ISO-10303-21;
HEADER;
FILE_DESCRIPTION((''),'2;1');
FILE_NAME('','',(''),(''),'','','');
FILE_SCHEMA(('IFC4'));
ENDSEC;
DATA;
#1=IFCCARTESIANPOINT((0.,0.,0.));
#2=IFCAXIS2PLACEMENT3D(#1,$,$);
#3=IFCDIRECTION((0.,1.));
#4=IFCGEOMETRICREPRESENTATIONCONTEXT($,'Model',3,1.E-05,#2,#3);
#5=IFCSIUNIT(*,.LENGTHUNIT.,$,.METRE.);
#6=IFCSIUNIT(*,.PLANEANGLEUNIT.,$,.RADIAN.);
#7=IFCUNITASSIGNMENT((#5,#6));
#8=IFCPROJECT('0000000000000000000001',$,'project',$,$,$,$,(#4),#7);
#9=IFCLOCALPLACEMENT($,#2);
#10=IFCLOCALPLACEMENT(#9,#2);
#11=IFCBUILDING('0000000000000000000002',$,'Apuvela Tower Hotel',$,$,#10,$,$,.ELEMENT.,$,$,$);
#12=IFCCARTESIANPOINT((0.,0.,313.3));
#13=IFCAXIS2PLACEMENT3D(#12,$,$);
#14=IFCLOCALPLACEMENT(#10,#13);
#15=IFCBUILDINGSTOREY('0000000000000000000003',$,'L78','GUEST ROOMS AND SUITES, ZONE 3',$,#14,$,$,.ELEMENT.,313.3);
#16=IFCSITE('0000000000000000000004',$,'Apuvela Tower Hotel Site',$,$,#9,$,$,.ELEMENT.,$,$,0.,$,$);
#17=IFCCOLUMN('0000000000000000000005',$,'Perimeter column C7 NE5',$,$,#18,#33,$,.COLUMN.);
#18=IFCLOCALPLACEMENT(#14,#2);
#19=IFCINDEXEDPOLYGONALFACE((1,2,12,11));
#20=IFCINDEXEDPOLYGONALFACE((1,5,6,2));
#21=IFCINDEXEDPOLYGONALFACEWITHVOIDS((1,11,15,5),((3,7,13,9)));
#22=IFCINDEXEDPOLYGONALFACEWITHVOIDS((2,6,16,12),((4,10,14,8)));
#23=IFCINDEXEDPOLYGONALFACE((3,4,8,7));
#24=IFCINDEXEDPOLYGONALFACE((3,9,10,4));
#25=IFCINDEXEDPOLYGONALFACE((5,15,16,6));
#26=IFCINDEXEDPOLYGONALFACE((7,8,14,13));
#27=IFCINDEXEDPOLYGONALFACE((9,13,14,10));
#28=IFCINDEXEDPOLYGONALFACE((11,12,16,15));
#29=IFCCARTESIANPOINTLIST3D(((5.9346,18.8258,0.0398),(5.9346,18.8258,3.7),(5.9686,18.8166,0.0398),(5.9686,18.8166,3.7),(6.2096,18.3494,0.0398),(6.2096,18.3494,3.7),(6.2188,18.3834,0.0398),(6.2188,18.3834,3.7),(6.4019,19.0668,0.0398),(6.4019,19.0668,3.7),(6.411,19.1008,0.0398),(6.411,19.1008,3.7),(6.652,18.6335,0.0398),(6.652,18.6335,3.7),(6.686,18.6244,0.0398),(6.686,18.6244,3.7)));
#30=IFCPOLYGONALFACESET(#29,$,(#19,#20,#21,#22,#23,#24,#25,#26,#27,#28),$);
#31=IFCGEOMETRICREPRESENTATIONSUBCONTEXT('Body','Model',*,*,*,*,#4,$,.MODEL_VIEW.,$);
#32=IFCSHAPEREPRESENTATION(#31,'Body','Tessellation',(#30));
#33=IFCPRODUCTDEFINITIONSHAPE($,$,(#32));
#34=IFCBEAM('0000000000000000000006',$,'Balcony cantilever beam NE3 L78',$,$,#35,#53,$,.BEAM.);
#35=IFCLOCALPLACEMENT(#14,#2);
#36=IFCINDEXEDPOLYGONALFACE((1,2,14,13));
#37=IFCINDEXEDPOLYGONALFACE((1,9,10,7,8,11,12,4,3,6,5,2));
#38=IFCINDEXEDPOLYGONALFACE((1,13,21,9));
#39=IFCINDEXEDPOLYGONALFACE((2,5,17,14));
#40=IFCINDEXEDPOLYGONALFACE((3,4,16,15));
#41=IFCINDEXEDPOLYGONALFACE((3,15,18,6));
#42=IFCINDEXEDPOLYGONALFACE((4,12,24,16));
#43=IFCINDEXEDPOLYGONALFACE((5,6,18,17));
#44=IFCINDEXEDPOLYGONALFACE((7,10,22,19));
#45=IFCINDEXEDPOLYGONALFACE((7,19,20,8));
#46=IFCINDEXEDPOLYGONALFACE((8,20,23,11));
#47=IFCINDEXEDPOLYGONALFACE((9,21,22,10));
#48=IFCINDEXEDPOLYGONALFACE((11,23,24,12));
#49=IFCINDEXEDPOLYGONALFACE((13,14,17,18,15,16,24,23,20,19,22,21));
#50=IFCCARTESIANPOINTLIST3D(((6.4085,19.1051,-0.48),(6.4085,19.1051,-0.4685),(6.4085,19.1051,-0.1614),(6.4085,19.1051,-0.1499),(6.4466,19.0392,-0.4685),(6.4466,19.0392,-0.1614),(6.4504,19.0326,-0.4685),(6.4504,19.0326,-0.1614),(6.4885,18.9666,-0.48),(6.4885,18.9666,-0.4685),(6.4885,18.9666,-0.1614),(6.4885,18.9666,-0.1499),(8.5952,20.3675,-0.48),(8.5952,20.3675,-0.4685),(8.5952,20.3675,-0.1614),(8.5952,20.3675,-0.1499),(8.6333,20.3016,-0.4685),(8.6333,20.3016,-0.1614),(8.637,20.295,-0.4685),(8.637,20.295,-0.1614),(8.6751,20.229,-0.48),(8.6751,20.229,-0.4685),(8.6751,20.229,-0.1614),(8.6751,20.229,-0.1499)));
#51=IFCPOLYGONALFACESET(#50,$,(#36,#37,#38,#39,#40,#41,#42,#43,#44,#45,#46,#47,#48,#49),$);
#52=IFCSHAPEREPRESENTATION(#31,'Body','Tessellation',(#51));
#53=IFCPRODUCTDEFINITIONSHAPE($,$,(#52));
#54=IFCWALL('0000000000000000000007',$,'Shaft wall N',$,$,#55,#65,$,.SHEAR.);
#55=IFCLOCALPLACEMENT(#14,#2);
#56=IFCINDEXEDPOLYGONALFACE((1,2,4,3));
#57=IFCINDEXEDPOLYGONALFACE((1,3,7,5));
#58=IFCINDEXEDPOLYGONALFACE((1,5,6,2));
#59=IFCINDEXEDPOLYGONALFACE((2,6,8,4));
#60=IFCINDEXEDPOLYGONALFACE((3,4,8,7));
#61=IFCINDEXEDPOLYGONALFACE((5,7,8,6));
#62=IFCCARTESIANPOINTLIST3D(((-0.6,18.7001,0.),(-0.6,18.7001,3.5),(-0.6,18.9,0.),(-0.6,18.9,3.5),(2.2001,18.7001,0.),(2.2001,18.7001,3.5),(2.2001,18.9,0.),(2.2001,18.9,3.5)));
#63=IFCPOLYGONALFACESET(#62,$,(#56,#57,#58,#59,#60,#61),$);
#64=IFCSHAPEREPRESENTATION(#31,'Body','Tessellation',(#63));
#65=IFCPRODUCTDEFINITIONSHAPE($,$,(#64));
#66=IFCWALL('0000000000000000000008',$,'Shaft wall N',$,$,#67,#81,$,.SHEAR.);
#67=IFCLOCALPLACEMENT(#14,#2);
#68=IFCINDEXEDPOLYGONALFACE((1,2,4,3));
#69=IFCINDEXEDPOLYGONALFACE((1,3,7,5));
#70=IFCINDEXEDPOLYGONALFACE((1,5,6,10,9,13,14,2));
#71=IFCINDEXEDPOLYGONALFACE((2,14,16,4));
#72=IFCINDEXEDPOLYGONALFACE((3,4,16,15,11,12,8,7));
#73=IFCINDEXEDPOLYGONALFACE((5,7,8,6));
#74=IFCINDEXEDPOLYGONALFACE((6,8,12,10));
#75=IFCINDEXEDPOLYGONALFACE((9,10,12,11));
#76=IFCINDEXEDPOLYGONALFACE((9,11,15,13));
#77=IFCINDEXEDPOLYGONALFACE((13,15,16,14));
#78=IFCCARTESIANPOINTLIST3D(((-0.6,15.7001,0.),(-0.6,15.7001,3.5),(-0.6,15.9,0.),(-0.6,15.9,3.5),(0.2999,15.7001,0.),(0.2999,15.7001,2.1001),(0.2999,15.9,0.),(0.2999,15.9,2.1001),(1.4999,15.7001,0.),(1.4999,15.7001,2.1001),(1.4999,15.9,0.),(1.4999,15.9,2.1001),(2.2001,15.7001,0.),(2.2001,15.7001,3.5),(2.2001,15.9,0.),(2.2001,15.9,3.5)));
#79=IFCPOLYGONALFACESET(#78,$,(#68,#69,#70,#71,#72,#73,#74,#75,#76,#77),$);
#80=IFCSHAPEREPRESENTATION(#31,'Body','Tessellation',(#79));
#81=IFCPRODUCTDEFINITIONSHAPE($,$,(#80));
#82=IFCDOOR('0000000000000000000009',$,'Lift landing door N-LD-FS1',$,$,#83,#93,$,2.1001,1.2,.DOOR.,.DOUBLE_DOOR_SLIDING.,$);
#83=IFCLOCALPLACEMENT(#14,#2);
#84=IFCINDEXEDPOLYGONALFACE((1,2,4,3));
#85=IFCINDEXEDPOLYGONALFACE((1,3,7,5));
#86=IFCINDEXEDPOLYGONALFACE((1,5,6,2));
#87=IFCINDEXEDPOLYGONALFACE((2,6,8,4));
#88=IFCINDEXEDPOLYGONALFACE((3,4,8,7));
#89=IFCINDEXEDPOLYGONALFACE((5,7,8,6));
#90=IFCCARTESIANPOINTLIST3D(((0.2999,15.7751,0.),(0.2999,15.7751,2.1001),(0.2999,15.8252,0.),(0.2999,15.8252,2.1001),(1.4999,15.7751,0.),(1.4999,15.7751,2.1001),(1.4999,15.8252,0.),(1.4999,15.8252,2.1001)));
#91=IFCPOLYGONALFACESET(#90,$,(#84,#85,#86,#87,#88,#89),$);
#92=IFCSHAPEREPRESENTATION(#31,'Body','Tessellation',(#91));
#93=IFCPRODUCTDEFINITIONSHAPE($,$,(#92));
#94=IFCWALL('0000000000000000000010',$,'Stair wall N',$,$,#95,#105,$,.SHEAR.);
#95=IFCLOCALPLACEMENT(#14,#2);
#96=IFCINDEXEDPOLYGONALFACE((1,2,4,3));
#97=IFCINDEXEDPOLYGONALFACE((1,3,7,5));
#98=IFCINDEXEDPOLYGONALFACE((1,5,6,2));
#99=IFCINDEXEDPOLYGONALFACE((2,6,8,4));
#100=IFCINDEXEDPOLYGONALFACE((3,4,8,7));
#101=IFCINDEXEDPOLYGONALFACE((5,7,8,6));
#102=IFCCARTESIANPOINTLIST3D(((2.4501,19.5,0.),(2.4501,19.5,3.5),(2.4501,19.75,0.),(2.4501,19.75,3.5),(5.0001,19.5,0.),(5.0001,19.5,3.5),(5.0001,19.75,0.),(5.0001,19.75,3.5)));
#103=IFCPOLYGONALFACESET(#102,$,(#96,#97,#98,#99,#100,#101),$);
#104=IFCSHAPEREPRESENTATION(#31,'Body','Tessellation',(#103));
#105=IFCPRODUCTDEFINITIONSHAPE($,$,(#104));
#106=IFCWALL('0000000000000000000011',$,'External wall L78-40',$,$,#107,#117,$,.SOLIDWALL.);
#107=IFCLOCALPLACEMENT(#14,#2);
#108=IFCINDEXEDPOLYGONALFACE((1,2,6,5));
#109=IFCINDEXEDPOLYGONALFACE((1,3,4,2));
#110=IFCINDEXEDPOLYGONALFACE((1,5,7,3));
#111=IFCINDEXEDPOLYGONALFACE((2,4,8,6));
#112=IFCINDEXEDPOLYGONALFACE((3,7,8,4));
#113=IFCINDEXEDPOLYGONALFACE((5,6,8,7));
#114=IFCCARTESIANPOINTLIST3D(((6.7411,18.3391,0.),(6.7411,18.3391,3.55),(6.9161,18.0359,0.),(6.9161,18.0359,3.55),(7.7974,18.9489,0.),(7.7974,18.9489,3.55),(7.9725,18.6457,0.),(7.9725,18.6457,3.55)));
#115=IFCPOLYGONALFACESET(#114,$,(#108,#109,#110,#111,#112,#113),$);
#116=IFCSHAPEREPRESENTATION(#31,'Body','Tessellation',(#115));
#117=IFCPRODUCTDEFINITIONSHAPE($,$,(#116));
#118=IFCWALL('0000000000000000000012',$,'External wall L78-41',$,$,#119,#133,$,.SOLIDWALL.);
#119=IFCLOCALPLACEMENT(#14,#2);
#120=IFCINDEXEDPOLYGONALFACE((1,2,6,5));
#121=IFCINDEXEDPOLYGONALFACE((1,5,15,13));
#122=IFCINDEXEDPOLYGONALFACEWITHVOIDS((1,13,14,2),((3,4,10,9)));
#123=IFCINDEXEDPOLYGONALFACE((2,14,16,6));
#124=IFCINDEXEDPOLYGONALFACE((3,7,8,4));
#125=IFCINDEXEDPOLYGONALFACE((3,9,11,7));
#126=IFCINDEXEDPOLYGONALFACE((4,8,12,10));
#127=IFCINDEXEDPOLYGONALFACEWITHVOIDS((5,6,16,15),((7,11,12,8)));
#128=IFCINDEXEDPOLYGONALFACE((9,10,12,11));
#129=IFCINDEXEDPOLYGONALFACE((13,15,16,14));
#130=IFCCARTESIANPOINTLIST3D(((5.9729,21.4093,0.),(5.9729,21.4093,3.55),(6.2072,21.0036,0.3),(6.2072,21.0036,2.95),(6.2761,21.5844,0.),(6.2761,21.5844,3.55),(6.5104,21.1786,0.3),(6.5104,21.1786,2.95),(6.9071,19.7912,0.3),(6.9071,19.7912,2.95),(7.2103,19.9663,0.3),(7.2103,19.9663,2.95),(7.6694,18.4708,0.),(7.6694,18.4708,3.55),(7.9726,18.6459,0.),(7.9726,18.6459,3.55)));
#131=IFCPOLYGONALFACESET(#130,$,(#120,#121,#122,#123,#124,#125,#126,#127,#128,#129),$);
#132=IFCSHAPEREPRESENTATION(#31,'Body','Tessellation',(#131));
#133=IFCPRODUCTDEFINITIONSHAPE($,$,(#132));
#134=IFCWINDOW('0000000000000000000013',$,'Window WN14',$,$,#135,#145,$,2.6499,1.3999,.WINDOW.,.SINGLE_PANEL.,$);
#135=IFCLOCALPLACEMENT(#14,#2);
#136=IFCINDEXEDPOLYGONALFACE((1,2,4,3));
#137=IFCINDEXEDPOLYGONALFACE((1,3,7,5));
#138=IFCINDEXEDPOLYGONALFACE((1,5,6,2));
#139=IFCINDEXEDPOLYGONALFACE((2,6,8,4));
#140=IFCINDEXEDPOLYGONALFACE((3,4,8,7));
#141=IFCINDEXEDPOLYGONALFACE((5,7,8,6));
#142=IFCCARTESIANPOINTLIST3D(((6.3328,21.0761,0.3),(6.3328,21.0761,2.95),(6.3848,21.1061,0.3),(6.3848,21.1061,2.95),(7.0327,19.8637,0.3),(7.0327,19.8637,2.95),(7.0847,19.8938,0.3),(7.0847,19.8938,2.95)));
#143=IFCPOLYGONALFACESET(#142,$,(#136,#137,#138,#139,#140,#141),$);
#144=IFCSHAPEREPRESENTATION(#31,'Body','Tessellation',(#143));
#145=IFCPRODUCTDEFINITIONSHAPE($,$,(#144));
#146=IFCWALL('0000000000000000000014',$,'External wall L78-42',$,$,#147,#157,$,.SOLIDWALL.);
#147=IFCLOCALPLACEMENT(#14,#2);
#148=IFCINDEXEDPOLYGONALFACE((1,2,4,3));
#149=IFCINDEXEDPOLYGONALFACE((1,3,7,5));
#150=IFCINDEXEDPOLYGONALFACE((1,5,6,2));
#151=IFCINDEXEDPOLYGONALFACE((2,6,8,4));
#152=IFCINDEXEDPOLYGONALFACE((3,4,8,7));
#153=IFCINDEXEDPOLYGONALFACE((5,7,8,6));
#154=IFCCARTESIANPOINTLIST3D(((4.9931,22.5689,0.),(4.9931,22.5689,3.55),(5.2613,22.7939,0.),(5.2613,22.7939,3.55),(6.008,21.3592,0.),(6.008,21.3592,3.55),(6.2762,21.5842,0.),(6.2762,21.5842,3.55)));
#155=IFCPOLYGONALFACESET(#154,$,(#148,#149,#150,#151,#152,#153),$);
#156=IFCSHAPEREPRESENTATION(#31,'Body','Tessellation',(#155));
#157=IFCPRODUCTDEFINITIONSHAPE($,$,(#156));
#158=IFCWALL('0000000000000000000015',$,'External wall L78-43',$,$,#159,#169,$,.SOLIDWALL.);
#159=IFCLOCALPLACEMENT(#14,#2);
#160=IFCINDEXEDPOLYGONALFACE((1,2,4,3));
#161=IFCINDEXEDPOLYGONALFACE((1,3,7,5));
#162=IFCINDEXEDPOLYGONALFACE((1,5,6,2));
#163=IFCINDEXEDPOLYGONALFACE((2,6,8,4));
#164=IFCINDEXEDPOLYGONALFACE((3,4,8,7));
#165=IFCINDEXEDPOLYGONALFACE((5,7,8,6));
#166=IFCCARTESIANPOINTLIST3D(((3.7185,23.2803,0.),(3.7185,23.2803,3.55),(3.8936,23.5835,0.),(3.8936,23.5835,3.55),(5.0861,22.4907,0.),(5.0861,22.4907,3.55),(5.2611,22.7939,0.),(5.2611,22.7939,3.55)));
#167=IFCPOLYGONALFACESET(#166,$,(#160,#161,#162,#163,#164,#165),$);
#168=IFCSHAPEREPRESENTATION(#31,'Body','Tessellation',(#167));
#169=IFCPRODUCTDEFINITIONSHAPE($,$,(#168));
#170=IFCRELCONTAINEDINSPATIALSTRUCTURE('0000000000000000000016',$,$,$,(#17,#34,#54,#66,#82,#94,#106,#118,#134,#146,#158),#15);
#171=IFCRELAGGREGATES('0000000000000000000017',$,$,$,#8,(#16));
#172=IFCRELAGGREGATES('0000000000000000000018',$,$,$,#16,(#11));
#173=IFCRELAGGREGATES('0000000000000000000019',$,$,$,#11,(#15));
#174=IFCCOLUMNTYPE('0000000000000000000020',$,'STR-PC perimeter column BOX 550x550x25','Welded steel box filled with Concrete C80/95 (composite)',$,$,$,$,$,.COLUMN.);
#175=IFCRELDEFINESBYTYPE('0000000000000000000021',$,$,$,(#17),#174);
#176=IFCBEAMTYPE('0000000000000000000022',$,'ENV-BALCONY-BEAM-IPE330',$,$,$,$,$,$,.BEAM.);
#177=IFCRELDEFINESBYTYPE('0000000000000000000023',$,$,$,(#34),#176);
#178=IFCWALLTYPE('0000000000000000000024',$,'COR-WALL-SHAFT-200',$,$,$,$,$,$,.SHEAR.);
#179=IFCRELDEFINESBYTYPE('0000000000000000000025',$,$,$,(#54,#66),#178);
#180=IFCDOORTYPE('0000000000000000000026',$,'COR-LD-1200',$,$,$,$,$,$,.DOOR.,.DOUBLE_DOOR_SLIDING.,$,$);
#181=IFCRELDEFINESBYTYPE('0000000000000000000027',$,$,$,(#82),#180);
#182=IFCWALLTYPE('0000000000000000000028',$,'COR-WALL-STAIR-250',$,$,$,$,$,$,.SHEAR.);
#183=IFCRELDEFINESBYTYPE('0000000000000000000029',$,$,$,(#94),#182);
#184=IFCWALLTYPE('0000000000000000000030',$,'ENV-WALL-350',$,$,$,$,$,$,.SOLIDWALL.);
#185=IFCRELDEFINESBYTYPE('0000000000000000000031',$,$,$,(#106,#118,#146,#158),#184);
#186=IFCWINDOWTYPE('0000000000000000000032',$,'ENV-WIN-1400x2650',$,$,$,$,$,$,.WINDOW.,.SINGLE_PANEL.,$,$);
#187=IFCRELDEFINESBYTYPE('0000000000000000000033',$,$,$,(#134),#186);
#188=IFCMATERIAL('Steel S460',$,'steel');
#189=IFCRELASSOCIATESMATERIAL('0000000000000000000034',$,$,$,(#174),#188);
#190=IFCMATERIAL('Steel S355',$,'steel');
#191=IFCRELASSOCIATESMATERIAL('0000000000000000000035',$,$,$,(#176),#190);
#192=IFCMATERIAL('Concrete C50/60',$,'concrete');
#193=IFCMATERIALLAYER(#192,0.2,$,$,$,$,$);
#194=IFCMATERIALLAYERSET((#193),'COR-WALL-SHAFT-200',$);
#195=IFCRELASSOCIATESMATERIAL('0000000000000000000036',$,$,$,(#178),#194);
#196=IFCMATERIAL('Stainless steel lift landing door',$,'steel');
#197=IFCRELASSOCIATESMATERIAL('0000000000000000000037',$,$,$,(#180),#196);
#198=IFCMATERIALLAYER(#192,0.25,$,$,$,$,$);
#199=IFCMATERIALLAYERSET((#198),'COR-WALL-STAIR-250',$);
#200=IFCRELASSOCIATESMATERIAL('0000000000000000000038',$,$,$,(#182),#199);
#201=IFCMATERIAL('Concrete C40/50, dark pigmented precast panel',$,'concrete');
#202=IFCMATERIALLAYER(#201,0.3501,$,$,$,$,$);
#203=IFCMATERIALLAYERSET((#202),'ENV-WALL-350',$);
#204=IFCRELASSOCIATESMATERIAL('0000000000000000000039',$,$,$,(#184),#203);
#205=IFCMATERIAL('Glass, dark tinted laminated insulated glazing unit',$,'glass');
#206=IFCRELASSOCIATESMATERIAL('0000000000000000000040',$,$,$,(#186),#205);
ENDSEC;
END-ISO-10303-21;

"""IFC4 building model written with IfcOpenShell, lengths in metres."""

from ifc_helpers import new_model, si_unit, direction, frame, frame_2d, origin, origin_2d, place, context, subcontext, project, spatial, rectangle, hollow_rectangle, i_section, extrude, boolean, halfspace, material, layer, layer_set, material_profile, profile_set, type_object, element, fill, save


model = new_model("IFC4")

# Units and contexts
model_context = context("Model", 3, precision=1e-05, world=origin(), true_north=direction((0.0, 1.0)))
body_context = subcontext(model_context, "Body", "Model", "MODEL_VIEW")
ifc_project = project(units=[si_unit("LENGTHUNIT", "METRE"), si_unit("PLANEANGLEUNIT", "RADIAN")], contexts=[model_context])

# Site, building, storey
site_placement = place(None, origin())
site = spatial("IfcSite", under=ifc_project, at=site_placement, Name="Apuvela Tower Hotel Site", CompositionType="ELEMENT", RefElevation=0.0)
building_placement = place(site_placement, origin())
building = spatial("IfcBuilding", under=site, at=building_placement, Name="Apuvela Tower Hotel", CompositionType="ELEMENT")
storey_placement = place(building_placement, frame((0.0, 0.0, 313.3)))
storey = spatial("IfcBuildingStorey", under=building, at=storey_placement, Name="L78", Description="GUEST ROOMS AND SUITES, ZONE 3", CompositionType="ELEMENT", Elevation=313.3)

# Column
ifc_material_1 = material(Name="Steel S460", Category="steel")
ifc_material_profile_1 = material_profile(ifc_material_1, hollow_rectangle(XDim=0.55, YDim=0.55, WallThickness=0.0249, at=origin_2d()), Name="BOX 550x550x25")
ifc_material_2 = material(Name="Concrete C80/95", Category="concrete")
ifc_material_profile_2 = material_profile(ifc_material_2, rectangle(XDim=0.5, YDim=0.5, at=origin_2d()), Name="Concrete C80/95 infill")
ifc_profile_set_1 = profile_set([ifc_material_profile_1, ifc_material_profile_2], Name="Steel S460")
column_type = type_object("IfcColumnType", Name="STR-PC perimeter column BOX 550x550x25", Description="Welded steel box filled with Concrete C80/95 (composite)", PredefinedType="COLUMN", material=ifc_profile_set_1)
column_placement = place(storey_placement, frame((6.3103, 18.7251, 0.0), z_axis=(0.0, 0.0, 1.0), x_axis=(-0.5, 0.866025, 0.0)))
element("IfcColumn", 1, at=column_placement, inside=storey, type_object=column_type, Name="Perimeter column C7 NE5", PredefinedType="COLUMN", context=body_context, shape_type="SweptSolid", body=[
    boolean("DIFFERENCE", extrude(hollow_rectangle(XDim=0.55, YDim=0.55, WallThickness=0.0249, at=origin_2d()), origin(), (0.0, 0.0, 1.0), 3.7), halfspace(frame((0.0, 0.0, 0.0398), z_axis=(0.0, 0.0, 1.0), x_axis=(1.0, 0.0, 0.0)), True)),
])

# Beam
ifc_material_3 = material(Name="Steel S355", Category="steel")
ifc_material_profile_3 = material_profile(ifc_material_3, i_section(OverallWidth=0.1599, OverallDepth=0.3301, WebThickness=0.0076, FlangeThickness=0.0115, at=origin_2d()), Name="IPE 330")
ifc_profile_set_2 = profile_set([ifc_material_profile_3], Name="Steel S355")
beam_type = type_object("IfcBeamType", Name="ENV-BALCONY-BEAM-IPE330", PredefinedType="BEAM", material=ifc_profile_set_2)
beam_placement = place(storey_placement, frame((6.4485, 19.0359, -0.3149), z_axis=(0.866039, 0.499976, 0.0), x_axis=(-0.499976, 0.866039, 0.0)))
element("IfcBeam", 2, at=beam_placement, inside=storey, type_object=beam_type, Name="Balcony cantilever beam NE3 L78", PredefinedType="BEAM", context=body_context, shape_type="SweptSolid", body=[
    extrude(i_section(OverallWidth=0.1599, OverallDepth=0.3301, WebThickness=0.0076, FlangeThickness=0.0115, at=origin_2d()), origin(), (0.0, 0.0, 1.0), 2.5249),
])

# Wall
ifc_material_4 = material(Name="Concrete C50/60", Category="concrete")
ifc_layer_1 = layer(ifc_material_4, 0.2)
ifc_layer_set_1 = layer_set([ifc_layer_1], Name="COR-WALL-SHAFT-200")
wall_type_1 = type_object("IfcWallType", Name="COR-WALL-SHAFT-200", PredefinedType="SHEAR", material=ifc_layer_set_1)
wall_1_placement = place(storey_placement, frame((2.2, 18.8, 0.0), z_axis=(0.0, 0.0, 1.0), x_axis=(-1.0, 0.0, 0.0)))
element("IfcWall", 3, at=wall_1_placement, inside=storey, type_object=wall_type_1, Name="Shaft wall N", PredefinedType="SHEAR", context=body_context, shape_type="SweptSolid", body=[
    extrude(rectangle(XDim=2.8, YDim=0.2, at=frame_2d((1.3999, 0.0))), origin(), (0.0, 0.0, 1.0), 3.5),
])

# Wall, opening, door
wall_2_placement = place(storey_placement, frame((2.2, 15.8, 0.0), z_axis=(0.0, 0.0, 1.0), x_axis=(-1.0, 0.0, 0.0)))
wall_2 = element("IfcWall", 4, at=wall_2_placement, inside=storey, type_object=wall_type_1, Name="Shaft wall N", PredefinedType="SHEAR", context=body_context, shape_type="SweptSolid", body=[
    extrude(rectangle(XDim=2.8, YDim=0.2, at=frame_2d((1.3999, 0.0))), origin(), (0.0, 0.0, 1.0), 3.5),
])
opening_1_placement = place(wall_2_placement, frame((0.7, 0.0, 0.0)))
opening_1 = element("IfcOpeningElement", 5, at=opening_1_placement, cuts=wall_2, PredefinedType="OPENING", context=body_context, shape_type="SweptSolid", body=[
    extrude(rectangle(XDim=1.2, YDim=2.1001, at=frame_2d((0.6001, 1.05))), frame((0.0, 0.1099, 0.0), z_axis=(0.0, -1.0, 0.0), x_axis=(1.0, 0.0, 0.0)), (0.0, 0.0, 1.0), 0.22),
])
ifc_material_5 = material(Name="Stainless steel lift landing door", Category="steel")
door_type = type_object("IfcDoorType", Name="COR-LD-1200", OperationType="DOUBLE_DOOR_SLIDING", PredefinedType="DOOR", material=ifc_material_5)
door_placement = place(opening_1_placement, origin())
door = element("IfcDoor", 6, at=door_placement, inside=storey, type_object=door_type, Name="Lift landing door N-LD-FS1", OperationType="DOUBLE_DOOR_SLIDING", OverallHeight=2.1001, OverallWidth=1.2, PredefinedType="DOOR", context=body_context, shape_type="SweptSolid", body=[
    extrude(rectangle(XDim=1.2, YDim=2.1001, at=frame_2d((0.6001, 1.05))), frame((0.0, 0.0249, 0.0), z_axis=(0.0, -1.0, 0.0), x_axis=(1.0, 0.0, 0.0)), (0.0, 0.0, 1.0), 0.05),
])
fill(opening_1, door)

# Walls
ifc_layer_2 = layer(ifc_material_4, 0.25)
ifc_layer_set_2 = layer_set([ifc_layer_2], Name="COR-WALL-STAIR-250")
wall_type_2 = type_object("IfcWallType", Name="COR-WALL-STAIR-250", PredefinedType="SHEAR", material=ifc_layer_set_2)
wall_3_placement = place(storey_placement, frame((5.0, 19.625, 0.0), z_axis=(0.0, 0.0, 1.0), x_axis=(-1.0, 0.0, 0.0)))
element("IfcWall", 7, at=wall_3_placement, inside=storey, type_object=wall_type_2, Name="Stair wall N", PredefinedType="SHEAR", context=body_context, shape_type="SweptSolid", body=[
    extrude(rectangle(XDim=2.55, YDim=0.25, at=frame_2d((1.2749, 0.0))), origin(), (0.0, 0.0, 1.0), 3.5),
])
ifc_material_6 = material(Name="Concrete C40/50, dark pigmented precast panel", Category="concrete")
ifc_layer_3 = layer(ifc_material_6, 0.3501)
ifc_layer_set_3 = layer_set([ifc_layer_3], Name="ENV-WALL-350")
wall_type_3 = type_object("IfcWallType", Name="ENV-WALL-350", PredefinedType="SOLIDWALL", material=ifc_layer_set_3)
wall_4_placement = place(storey_placement, frame((6.8286, 18.1875, 0.0), z_axis=(0.0, 0.0, 1.0), x_axis=(0.866042, 0.499971, 0.0)))
element("IfcWall", 8, at=wall_4_placement, inside=storey, type_object=wall_type_3, Name="External wall L78-40", PredefinedType="SOLIDWALL", context=body_context, shape_type="SweptSolid", body=[
    extrude(rectangle(XDim=1.2197, YDim=0.3501, at=frame_2d((0.6099, 0.0))), origin(), (0.0, 0.0, 1.0), 3.55),
])

# Wall, opening, window
wall_5_placement = place(storey_placement, frame((7.821, 18.5583, 0.0), z_axis=(0.0, 0.0, 1.0), x_axis=(-0.500001, 0.866025, 0.0)))
wall_5 = element("IfcWall", 9, at=wall_5_placement, inside=storey, type_object=wall_type_3, Name="External wall L78-41", PredefinedType="SOLIDWALL", context=body_context, shape_type="SweptSolid", body=[
    extrude(rectangle(XDim=3.3931, YDim=0.3501, at=frame_2d((1.6965, 0.0))), origin(), (0.0, 0.0, 1.0), 3.55),
])
opening_2_placement = place(wall_5_placement, frame((1.5247, 0.0, 0.3)))
opening_2 = element("IfcOpeningElement", 10, at=opening_2_placement, cuts=wall_5, PredefinedType="OPENING", context=body_context, shape_type="SweptSolid", body=[
    extrude(rectangle(XDim=1.3999, YDim=2.6499, at=frame_2d((0.7, 1.325))), frame((0.0, 0.1851, 0.0), z_axis=(0.0, -1.0, 0.0), x_axis=(1.0, 0.0, 0.0)), (0.0, 0.0, 1.0), 0.3701),
])
ifc_material_7 = material(Name="Glass, dark tinted laminated insulated glazing unit", Category="glass")
window_type = type_object("IfcWindowType", Name="ENV-WIN-1400x2650", PartitioningType="SINGLE_PANEL", PredefinedType="WINDOW", material=ifc_material_7)
window_placement = place(opening_2_placement, origin())
window = element("IfcWindow", 11, at=window_placement, inside=storey, type_object=window_type, Name="Window WN14", OverallHeight=2.6499, OverallWidth=1.3999, PartitioningType="SINGLE_PANEL", PredefinedType="WINDOW", context=body_context, shape_type="SweptSolid", body=[
    extrude(rectangle(XDim=1.3999, YDim=2.6499, at=frame_2d((0.7, 1.325))), frame((0.0, 0.03, 0.0), z_axis=(0.0, -1.0, 0.0), x_axis=(1.0, 0.0, 0.0)), (0.0, 0.0, 1.0), 0.0601),
])
fill(opening_2, window)

# Walls
for number, where, z_axis, x_axis, name in (
    (12, (6.1421, 21.4717, 0.0), (0.0, 0.0, 1.0), (-0.642721, 0.766101, 0.0), "External wall L78-42"),
    (13, (5.1736, 22.6423, 0.0), (0.0, 0.0, 1.0), (-0.866008, 0.50003, 0.0), "External wall L78-43"),
):
    element("IfcWall", number, at=place(storey_placement, frame(where, z_axis=z_axis, x_axis=x_axis)), inside=storey, type_object=wall_type_3, Name=name, PredefinedType="SOLIDWALL", context=body_context, shape_type="SweptSolid", body=[
        extrude(rectangle(XDim=1.5791, YDim=0.3501, at=frame_2d((0.7896, 0.0))), origin(), (0.0, 0.0, 1.0), 3.55),
    ])

save(model, "model.ifc")
